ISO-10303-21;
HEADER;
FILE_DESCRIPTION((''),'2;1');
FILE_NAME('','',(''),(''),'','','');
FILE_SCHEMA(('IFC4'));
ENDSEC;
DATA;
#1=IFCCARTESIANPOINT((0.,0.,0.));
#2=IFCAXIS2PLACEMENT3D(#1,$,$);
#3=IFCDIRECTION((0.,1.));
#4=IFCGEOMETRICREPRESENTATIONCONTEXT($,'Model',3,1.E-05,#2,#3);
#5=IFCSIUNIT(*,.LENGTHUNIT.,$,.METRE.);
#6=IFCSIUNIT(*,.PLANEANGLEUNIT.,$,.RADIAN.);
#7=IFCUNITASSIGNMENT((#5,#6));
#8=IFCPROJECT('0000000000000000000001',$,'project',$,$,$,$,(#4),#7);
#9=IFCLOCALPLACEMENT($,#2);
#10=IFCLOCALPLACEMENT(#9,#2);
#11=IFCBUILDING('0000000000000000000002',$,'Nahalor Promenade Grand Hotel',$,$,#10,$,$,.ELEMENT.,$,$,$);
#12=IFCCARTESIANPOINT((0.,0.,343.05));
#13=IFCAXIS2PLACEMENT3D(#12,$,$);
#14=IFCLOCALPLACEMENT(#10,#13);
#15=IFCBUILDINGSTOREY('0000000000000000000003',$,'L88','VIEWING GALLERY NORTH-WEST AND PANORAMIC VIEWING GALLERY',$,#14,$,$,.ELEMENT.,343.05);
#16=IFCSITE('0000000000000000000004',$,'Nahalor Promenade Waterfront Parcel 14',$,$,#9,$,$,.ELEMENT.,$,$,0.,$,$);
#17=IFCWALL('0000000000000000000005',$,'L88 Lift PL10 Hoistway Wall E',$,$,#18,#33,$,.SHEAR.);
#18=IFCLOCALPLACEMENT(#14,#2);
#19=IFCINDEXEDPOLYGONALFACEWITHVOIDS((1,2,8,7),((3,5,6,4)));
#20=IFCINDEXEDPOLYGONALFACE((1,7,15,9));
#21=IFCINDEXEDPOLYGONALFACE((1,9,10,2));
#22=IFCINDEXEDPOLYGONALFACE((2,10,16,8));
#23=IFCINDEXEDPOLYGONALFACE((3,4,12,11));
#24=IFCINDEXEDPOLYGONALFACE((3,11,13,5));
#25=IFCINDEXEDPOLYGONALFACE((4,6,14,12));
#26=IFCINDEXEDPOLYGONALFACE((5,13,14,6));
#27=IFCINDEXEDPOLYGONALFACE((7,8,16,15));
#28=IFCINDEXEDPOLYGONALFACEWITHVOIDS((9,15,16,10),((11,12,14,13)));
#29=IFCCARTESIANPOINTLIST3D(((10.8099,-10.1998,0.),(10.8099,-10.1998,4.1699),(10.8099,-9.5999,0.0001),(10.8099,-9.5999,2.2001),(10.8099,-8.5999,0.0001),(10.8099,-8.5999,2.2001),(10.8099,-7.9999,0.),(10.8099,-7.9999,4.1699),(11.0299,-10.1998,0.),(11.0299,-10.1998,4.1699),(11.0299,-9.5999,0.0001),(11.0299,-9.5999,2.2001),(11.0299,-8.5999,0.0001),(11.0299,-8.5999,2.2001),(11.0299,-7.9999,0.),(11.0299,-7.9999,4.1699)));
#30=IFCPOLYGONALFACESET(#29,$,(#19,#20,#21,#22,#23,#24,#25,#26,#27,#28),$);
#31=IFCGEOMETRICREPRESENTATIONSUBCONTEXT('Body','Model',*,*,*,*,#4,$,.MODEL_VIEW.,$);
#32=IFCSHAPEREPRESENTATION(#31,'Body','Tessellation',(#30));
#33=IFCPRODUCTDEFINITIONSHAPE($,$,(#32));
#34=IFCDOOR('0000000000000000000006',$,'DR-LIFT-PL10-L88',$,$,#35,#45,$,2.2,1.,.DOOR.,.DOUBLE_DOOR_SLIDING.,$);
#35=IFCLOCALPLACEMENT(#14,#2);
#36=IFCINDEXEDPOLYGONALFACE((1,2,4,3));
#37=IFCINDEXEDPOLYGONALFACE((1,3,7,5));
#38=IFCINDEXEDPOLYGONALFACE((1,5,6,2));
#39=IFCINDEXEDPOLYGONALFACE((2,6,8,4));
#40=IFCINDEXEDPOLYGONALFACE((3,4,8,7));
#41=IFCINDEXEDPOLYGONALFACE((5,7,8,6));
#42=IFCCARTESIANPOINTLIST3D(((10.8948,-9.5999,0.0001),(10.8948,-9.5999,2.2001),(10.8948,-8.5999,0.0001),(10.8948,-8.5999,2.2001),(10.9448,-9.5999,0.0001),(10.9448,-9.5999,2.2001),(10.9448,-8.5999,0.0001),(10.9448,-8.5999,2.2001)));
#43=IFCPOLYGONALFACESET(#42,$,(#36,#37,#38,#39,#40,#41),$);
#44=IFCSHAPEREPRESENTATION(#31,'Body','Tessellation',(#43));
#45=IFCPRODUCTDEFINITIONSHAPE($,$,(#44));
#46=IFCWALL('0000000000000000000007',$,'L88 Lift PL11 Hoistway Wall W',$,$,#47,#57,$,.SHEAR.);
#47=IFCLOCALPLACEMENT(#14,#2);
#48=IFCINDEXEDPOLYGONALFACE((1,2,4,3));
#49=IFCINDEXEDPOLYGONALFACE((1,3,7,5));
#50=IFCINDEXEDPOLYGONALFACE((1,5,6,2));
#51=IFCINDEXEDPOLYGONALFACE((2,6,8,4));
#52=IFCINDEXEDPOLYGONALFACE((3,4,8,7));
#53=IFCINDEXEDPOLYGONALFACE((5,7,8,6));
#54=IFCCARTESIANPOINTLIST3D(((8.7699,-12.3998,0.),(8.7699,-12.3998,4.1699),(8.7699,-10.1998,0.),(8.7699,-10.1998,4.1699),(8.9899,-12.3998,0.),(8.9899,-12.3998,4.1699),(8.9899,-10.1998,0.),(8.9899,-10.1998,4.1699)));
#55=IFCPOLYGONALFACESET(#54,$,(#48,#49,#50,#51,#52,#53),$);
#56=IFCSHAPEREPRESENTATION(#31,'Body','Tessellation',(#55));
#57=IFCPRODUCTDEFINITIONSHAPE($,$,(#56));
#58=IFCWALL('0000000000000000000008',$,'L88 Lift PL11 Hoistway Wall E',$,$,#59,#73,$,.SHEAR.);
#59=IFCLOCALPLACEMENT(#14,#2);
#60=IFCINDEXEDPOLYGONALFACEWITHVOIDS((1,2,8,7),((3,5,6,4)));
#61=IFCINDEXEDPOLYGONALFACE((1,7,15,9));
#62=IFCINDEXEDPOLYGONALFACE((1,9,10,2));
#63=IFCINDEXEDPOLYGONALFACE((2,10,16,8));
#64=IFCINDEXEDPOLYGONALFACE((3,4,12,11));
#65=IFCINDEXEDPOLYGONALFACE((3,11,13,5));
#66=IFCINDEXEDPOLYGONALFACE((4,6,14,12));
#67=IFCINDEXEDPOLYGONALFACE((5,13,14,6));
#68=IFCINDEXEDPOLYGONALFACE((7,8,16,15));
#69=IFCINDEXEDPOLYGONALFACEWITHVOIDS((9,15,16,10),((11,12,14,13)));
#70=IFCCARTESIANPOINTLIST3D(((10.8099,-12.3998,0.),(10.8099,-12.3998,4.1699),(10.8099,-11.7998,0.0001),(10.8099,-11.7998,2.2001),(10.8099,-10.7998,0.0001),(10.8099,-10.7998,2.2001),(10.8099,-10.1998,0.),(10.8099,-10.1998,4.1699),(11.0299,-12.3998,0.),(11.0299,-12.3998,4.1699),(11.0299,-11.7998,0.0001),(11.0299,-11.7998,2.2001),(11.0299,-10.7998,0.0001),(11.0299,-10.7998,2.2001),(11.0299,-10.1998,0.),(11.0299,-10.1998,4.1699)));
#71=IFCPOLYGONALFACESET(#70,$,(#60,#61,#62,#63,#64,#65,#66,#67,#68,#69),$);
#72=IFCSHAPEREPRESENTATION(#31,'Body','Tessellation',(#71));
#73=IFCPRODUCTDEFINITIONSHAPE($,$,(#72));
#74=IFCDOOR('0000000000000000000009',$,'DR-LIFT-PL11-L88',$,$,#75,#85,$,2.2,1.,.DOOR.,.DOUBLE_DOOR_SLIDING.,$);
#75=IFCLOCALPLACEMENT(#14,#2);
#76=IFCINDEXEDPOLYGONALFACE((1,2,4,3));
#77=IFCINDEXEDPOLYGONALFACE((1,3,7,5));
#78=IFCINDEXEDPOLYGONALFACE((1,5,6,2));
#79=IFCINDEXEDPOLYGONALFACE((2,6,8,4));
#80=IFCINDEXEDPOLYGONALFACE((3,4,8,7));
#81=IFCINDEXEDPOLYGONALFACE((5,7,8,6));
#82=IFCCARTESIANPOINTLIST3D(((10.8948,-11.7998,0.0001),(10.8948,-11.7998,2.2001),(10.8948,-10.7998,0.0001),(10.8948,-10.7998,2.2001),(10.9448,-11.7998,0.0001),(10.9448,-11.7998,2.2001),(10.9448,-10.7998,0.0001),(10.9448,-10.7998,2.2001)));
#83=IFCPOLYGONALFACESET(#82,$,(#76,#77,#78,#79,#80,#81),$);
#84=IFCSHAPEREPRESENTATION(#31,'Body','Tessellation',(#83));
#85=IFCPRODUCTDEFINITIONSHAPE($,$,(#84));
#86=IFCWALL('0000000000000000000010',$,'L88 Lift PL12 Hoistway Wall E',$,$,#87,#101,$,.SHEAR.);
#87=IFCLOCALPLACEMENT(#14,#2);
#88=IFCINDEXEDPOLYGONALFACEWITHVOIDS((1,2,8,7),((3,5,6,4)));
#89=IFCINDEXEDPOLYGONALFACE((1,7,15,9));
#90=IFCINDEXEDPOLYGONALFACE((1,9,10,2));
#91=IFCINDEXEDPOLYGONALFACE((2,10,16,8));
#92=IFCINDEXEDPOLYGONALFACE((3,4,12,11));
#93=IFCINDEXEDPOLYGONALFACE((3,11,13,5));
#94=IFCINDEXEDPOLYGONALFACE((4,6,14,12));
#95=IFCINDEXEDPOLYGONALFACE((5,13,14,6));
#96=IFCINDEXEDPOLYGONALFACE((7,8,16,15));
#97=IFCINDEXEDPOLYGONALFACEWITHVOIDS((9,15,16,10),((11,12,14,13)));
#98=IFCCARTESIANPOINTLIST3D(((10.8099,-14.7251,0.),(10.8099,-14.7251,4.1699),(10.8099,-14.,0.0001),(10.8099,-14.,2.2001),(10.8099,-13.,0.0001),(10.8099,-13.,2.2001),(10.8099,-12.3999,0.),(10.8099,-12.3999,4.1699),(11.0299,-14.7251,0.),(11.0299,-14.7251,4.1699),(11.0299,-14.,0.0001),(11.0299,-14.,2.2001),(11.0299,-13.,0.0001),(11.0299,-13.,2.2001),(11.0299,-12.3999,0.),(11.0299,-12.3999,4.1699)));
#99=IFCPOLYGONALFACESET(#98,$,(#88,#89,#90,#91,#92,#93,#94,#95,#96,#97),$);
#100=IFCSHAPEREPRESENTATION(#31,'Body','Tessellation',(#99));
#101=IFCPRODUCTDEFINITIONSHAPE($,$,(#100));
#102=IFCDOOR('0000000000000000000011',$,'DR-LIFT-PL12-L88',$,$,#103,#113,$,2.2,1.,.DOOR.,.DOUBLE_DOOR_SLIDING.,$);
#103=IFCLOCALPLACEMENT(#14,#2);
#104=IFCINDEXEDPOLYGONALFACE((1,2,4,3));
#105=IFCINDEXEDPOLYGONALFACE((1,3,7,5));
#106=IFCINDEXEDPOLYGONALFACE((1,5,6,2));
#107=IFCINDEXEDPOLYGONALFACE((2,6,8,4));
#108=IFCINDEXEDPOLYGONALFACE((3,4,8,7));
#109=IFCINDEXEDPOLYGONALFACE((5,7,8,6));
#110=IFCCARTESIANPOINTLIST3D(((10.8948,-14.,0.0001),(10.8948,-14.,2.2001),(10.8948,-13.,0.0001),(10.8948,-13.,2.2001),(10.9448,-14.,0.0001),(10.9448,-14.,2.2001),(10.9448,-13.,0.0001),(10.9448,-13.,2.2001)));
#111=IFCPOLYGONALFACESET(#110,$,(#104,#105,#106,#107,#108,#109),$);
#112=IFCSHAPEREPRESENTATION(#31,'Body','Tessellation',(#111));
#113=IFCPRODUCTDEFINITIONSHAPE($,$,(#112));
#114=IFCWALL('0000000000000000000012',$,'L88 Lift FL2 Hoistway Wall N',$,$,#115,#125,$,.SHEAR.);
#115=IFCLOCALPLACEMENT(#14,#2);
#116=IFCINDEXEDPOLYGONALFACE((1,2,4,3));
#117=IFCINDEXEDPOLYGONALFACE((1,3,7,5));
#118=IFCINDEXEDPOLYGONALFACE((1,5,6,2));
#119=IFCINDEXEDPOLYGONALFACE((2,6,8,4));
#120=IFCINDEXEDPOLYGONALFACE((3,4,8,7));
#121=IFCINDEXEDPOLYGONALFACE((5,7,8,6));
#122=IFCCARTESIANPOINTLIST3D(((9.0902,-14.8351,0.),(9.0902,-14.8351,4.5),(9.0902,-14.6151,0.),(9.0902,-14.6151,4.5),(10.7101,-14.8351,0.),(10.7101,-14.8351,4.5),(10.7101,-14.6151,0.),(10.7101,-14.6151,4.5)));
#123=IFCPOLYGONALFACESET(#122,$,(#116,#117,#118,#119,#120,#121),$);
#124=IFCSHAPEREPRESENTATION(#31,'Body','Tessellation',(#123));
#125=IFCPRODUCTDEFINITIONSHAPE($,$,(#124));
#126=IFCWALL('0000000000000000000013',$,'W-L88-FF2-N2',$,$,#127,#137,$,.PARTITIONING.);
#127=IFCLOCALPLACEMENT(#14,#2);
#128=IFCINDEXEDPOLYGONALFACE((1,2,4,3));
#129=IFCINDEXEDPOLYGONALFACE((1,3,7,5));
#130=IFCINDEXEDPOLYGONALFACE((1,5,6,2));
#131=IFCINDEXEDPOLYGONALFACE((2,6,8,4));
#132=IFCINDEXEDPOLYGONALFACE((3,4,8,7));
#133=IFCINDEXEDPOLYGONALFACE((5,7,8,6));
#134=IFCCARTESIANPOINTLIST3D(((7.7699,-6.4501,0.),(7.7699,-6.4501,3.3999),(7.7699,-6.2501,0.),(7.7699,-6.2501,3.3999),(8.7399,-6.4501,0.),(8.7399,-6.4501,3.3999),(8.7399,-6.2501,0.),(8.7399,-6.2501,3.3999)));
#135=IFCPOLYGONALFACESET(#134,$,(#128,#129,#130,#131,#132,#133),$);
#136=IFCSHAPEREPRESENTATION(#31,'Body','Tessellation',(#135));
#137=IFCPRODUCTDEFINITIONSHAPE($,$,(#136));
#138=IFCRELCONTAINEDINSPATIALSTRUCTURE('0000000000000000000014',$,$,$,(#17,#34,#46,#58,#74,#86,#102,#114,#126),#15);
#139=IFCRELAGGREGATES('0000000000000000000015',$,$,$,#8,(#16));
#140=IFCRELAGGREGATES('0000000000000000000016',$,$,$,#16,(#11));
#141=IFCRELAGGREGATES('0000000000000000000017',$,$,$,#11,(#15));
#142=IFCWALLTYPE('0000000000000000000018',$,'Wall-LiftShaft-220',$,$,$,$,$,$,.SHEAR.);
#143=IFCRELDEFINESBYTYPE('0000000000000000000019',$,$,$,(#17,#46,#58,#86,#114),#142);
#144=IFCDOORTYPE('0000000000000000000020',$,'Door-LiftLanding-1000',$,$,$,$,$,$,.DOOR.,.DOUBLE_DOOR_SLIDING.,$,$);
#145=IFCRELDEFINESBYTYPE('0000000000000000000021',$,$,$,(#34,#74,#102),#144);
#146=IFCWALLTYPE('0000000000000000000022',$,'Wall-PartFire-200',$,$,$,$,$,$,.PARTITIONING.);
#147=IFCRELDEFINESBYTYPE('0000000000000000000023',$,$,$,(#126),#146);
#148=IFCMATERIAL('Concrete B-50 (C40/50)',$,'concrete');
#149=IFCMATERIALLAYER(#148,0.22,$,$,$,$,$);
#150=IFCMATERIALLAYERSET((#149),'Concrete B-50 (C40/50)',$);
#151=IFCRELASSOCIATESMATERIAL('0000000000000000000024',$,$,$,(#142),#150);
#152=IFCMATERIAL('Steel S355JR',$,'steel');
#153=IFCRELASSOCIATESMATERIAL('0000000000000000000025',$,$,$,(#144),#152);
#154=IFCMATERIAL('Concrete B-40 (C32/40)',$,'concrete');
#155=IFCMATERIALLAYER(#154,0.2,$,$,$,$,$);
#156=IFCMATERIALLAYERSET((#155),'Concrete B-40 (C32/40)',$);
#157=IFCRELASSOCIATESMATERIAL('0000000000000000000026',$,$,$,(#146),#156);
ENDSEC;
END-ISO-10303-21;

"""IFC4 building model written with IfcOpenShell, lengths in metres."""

from ifc_helpers import new_model, si_unit, direction, frame, frame_2d, origin, place, context, subcontext, project, spatial, rectangle, extrude, source, transform, mapped, material, layer, layer_set, type_object, element, fill, save


model = new_model("IFC4")

# Units and contexts
model_context = context("Model", 3, precision=1e-05, world=origin(), true_north=direction((0.0, 1.0)))
body_context = subcontext(model_context, "Body", "Model", "MODEL_VIEW")
ifc_project = project(units=[si_unit("LENGTHUNIT", "METRE"), si_unit("PLANEANGLEUNIT", "RADIAN")], contexts=[model_context])

# Site, building, storey
site_placement = place(None, origin())
site = spatial("IfcSite", under=ifc_project, at=site_placement, Name="Nahalor Promenade Waterfront Parcel 14", CompositionType="ELEMENT", RefElevation=0.0)
building_placement = place(site_placement, origin())
building = spatial("IfcBuilding", under=site, at=building_placement, Name="Nahalor Promenade Grand Hotel", CompositionType="ELEMENT")
storey_placement = place(building_placement, frame((0.0, 0.0, 343.05)))
storey = spatial("IfcBuildingStorey", under=building, at=storey_placement, Name="L88", Description="VIEWING GALLERY NORTH-WEST AND PANORAMIC VIEWING GALLERY", CompositionType="ELEMENT", Elevation=343.05)

# Shared definitions
ifc_material_1 = material(Name="Steel S355JR", Category="steel")

# Shared definitions
ifc_material_2 = material(Name="Concrete B-50 (C40/50)", Category="concrete")
ifc_layer_1 = layer(ifc_material_2, 0.22)
ifc_layer_set_1 = layer_set([ifc_layer_1], Name="Concrete B-50 (C40/50)")
wall_type_1 = type_object("IfcWallType", Name="Wall-LiftShaft-220", PredefinedType="SHEAR", material=ifc_layer_set_1)

# Shared definitions
door_type_1 = type_object("IfcDoorType", Name="Door-LiftLanding-1000", OperationType="DOUBLE_DOOR_SLIDING", PredefinedType="DOOR", material=ifc_material_1)
shared_shape_1 = source(origin(), body_context, "Body", "SweptSolid", [
    extrude(rectangle(XDim=1.0, YDim=2.2, at=frame_2d((0.5, 1.1001))), frame((0.0, 0.0249, 0.0), z_axis=(0.0, -1.0, 0.0), x_axis=(1.0, 0.0, 0.0)), (0.0, 0.0, 1.0), 0.05),
])

# Shared definitions
shared_shape_2 = source(origin(), body_context, "Body", "SweptSolid", [
    extrude(rectangle(XDim=2.2, YDim=0.22, at=frame_2d((1.1001, 0.0))), origin(), (0.0, 0.0, 1.0), 4.1699),
])

# Wall, opening, door
wall_1_placement = place(storey_placement, frame((10.9199, -10.2, 0.0), z_axis=(0.0, 0.0, 1.0), x_axis=(0.0, 1.0, 0.0)))
wall_1 = element("IfcWall", 1, at=wall_1_placement, inside=storey, type_object=wall_type_1, Name="L88 Lift PL10 Hoistway Wall E", PredefinedType="SHEAR", context=body_context, shape_type="MappedRepresentation", body=[
    mapped(shared_shape_2, transform((0.0, 0.0, 0.0), scale=1.0)),
])
opening_1_placement = place(wall_1_placement, frame((0.6001, 0.0, 0.0)))
opening_1 = element("IfcOpeningElement", 2, at=opening_1_placement, cuts=wall_1, PredefinedType="OPENING", context=body_context, shape_type="SweptSolid", body=[
    extrude(rectangle(XDim=1.0, YDim=2.2, at=frame_2d((0.5, 1.1001))), frame((0.0, 0.1199, 0.0), z_axis=(0.0, -1.0, 0.0), x_axis=(1.0, 0.0, 0.0)), (0.0, 0.0, 1.0), 0.24),
])
door_1_placement = place(opening_1_placement, frame((1.0, 0.0, 0.0), z_axis=(0.0, 0.0, 1.0), x_axis=(-1.0, 0.0, 0.0)))
door_1 = element("IfcDoor", 3, at=door_1_placement, inside=storey, type_object=door_type_1, Name="DR-LIFT-PL10-L88", OperationType="DOUBLE_DOOR_SLIDING", OverallHeight=2.2, OverallWidth=1.0, PredefinedType="DOOR", context=body_context, shape_type="MappedRepresentation", body=[
    mapped(shared_shape_1, transform((0.0, 0.0, 0.0), scale=1.0)),
])
fill(opening_1, door_1)

# Wall
wall_2_placement = place(storey_placement, frame((8.8799, -12.3999, 0.0), z_axis=(0.0, 0.0, 1.0), x_axis=(0.0, 1.0, 0.0)))
element("IfcWall", 4, at=wall_2_placement, inside=storey, type_object=wall_type_1, Name="L88 Lift PL11 Hoistway Wall W", PredefinedType="SHEAR", context=body_context, shape_type="MappedRepresentation", body=[
    mapped(shared_shape_2, transform((0.0, 0.0, 0.0), scale=1.0)),
])

# Walls, openings, doors
wall_3_placement = place(storey_placement, frame((10.9199, -12.3999, 0.0), z_axis=(0.0, 0.0, 1.0), x_axis=(0.0, 1.0, 0.0)))
wall_3 = element("IfcWall", 5, at=wall_3_placement, inside=storey, type_object=wall_type_1, Name="L88 Lift PL11 Hoistway Wall E", PredefinedType="SHEAR", context=body_context, shape_type="MappedRepresentation", body=[
    mapped(shared_shape_2, transform((0.0, 0.0, 0.0), scale=1.0)),
])
opening_2_placement = place(wall_3_placement, frame((0.6001, 0.0, 0.0)))
opening_2 = element("IfcOpeningElement", 6, at=opening_2_placement, cuts=wall_3, PredefinedType="OPENING", context=body_context, shape_type="SweptSolid", body=[
    extrude(rectangle(XDim=1.0, YDim=2.2, at=frame_2d((0.5, 1.1001))), frame((0.0, 0.1199, 0.0), z_axis=(0.0, -1.0, 0.0), x_axis=(1.0, 0.0, 0.0)), (0.0, 0.0, 1.0), 0.24),
])
door_2_placement = place(opening_2_placement, frame((1.0, 0.0, 0.0), z_axis=(0.0, 0.0, 1.0), x_axis=(-1.0, 0.0, 0.0)))
door_2 = element("IfcDoor", 7, at=door_2_placement, inside=storey, type_object=door_type_1, Name="DR-LIFT-PL11-L88", OperationType="DOUBLE_DOOR_SLIDING", OverallHeight=2.2, OverallWidth=1.0, PredefinedType="DOOR", context=body_context, shape_type="MappedRepresentation", body=[
    mapped(shared_shape_1, transform((0.0, 0.0, 0.0), scale=1.0)),
])
fill(opening_2, door_2)
shared_shape_3 = source(origin(), body_context, "Body", "SweptSolid", [
    extrude(rectangle(XDim=2.3252, YDim=0.22, at=frame_2d((1.1626, 0.0))), origin(), (0.0, 0.0, 1.0), 4.1699),
])
wall_4_placement = place(storey_placement, frame((10.9199, -14.7251, 0.0), z_axis=(0.0, 0.0, 1.0), x_axis=(0.0, 1.0, 0.0)))
wall_4 = element("IfcWall", 8, at=wall_4_placement, inside=storey, type_object=wall_type_1, Name="L88 Lift PL12 Hoistway Wall E", PredefinedType="SHEAR", context=body_context, shape_type="MappedRepresentation", body=[
    mapped(shared_shape_3, transform((0.0, 0.0, 0.0), scale=1.0)),
])
opening_3_placement = place(wall_4_placement, frame((0.7251, 0.0, 0.0)))
opening_3 = element("IfcOpeningElement", 9, at=opening_3_placement, cuts=wall_4, PredefinedType="OPENING", context=body_context, shape_type="SweptSolid", body=[
    extrude(rectangle(XDim=1.0, YDim=2.2, at=frame_2d((0.5, 1.1001))), frame((0.0, 0.1199, 0.0), z_axis=(0.0, -1.0, 0.0), x_axis=(1.0, 0.0, 0.0)), (0.0, 0.0, 1.0), 0.24),
])
door_3_placement = place(opening_3_placement, frame((1.0, 0.0, 0.0), z_axis=(0.0, 0.0, 1.0), x_axis=(-1.0, 0.0, 0.0)))
door_3 = element("IfcDoor", 10, at=door_3_placement, inside=storey, type_object=door_type_1, Name="DR-LIFT-PL12-L88", OperationType="DOUBLE_DOOR_SLIDING", OverallHeight=2.2, OverallWidth=1.0, PredefinedType="DOOR", context=body_context, shape_type="MappedRepresentation", body=[
    mapped(shared_shape_1, transform((0.0, 0.0, 0.0), scale=1.0)),
])
fill(opening_3, door_3)

# Wall
shared_shape_4 = source(origin(), body_context, "Body", "SweptSolid", [
    extrude(rectangle(XDim=1.6199, YDim=0.22, at=frame_2d((0.8101, 0.0))), origin(), (0.0, 0.0, 1.0), 4.5),
])
wall_5_placement = place(storey_placement, frame((9.0901, -14.7251, 0.0), z_axis=(0.0, 0.0, 1.0), x_axis=(1.0, 0.0, 0.0)))
element("IfcWall", 11, at=wall_5_placement, inside=storey, type_object=wall_type_1, Name="L88 Lift FL2 Hoistway Wall N", PredefinedType="SHEAR", context=body_context, shape_type="MappedRepresentation", body=[
    mapped(shared_shape_4, transform((0.0, 0.0, 0.0), scale=1.0)),
])

# Shared definitions
ifc_material_3 = material(Name="Concrete B-40 (C32/40)", Category="concrete")
ifc_layer_2 = layer(ifc_material_3, 0.2)
ifc_layer_set_2 = layer_set([ifc_layer_2], Name="Concrete B-40 (C32/40)")
wall_type_2 = type_object("IfcWallType", Name="Wall-PartFire-200", PredefinedType="PARTITIONING", material=ifc_layer_set_2)

# Wall
shared_shape_5 = source(origin(), body_context, "Body", "SweptSolid", [
    extrude(rectangle(XDim=0.97, YDim=0.2, at=frame_2d((0.4849, 0.0))), origin(), (0.0, 0.0, 1.0), 3.3999),
])
wall_6_placement = place(storey_placement, frame((7.77, -6.3501, 0.0), z_axis=(0.0, 0.0, 1.0), x_axis=(1.0, 0.0, 0.0)))
element("IfcWall", 12, at=wall_6_placement, inside=storey, type_object=wall_type_2, Name="W-L88-FF2-N2", PredefinedType="PARTITIONING", context=body_context, shape_type="MappedRepresentation", body=[
    mapped(shared_shape_5, transform((0.0, 0.0, 0.0), scale=1.0)),
])

save(model, "model.ifc")
